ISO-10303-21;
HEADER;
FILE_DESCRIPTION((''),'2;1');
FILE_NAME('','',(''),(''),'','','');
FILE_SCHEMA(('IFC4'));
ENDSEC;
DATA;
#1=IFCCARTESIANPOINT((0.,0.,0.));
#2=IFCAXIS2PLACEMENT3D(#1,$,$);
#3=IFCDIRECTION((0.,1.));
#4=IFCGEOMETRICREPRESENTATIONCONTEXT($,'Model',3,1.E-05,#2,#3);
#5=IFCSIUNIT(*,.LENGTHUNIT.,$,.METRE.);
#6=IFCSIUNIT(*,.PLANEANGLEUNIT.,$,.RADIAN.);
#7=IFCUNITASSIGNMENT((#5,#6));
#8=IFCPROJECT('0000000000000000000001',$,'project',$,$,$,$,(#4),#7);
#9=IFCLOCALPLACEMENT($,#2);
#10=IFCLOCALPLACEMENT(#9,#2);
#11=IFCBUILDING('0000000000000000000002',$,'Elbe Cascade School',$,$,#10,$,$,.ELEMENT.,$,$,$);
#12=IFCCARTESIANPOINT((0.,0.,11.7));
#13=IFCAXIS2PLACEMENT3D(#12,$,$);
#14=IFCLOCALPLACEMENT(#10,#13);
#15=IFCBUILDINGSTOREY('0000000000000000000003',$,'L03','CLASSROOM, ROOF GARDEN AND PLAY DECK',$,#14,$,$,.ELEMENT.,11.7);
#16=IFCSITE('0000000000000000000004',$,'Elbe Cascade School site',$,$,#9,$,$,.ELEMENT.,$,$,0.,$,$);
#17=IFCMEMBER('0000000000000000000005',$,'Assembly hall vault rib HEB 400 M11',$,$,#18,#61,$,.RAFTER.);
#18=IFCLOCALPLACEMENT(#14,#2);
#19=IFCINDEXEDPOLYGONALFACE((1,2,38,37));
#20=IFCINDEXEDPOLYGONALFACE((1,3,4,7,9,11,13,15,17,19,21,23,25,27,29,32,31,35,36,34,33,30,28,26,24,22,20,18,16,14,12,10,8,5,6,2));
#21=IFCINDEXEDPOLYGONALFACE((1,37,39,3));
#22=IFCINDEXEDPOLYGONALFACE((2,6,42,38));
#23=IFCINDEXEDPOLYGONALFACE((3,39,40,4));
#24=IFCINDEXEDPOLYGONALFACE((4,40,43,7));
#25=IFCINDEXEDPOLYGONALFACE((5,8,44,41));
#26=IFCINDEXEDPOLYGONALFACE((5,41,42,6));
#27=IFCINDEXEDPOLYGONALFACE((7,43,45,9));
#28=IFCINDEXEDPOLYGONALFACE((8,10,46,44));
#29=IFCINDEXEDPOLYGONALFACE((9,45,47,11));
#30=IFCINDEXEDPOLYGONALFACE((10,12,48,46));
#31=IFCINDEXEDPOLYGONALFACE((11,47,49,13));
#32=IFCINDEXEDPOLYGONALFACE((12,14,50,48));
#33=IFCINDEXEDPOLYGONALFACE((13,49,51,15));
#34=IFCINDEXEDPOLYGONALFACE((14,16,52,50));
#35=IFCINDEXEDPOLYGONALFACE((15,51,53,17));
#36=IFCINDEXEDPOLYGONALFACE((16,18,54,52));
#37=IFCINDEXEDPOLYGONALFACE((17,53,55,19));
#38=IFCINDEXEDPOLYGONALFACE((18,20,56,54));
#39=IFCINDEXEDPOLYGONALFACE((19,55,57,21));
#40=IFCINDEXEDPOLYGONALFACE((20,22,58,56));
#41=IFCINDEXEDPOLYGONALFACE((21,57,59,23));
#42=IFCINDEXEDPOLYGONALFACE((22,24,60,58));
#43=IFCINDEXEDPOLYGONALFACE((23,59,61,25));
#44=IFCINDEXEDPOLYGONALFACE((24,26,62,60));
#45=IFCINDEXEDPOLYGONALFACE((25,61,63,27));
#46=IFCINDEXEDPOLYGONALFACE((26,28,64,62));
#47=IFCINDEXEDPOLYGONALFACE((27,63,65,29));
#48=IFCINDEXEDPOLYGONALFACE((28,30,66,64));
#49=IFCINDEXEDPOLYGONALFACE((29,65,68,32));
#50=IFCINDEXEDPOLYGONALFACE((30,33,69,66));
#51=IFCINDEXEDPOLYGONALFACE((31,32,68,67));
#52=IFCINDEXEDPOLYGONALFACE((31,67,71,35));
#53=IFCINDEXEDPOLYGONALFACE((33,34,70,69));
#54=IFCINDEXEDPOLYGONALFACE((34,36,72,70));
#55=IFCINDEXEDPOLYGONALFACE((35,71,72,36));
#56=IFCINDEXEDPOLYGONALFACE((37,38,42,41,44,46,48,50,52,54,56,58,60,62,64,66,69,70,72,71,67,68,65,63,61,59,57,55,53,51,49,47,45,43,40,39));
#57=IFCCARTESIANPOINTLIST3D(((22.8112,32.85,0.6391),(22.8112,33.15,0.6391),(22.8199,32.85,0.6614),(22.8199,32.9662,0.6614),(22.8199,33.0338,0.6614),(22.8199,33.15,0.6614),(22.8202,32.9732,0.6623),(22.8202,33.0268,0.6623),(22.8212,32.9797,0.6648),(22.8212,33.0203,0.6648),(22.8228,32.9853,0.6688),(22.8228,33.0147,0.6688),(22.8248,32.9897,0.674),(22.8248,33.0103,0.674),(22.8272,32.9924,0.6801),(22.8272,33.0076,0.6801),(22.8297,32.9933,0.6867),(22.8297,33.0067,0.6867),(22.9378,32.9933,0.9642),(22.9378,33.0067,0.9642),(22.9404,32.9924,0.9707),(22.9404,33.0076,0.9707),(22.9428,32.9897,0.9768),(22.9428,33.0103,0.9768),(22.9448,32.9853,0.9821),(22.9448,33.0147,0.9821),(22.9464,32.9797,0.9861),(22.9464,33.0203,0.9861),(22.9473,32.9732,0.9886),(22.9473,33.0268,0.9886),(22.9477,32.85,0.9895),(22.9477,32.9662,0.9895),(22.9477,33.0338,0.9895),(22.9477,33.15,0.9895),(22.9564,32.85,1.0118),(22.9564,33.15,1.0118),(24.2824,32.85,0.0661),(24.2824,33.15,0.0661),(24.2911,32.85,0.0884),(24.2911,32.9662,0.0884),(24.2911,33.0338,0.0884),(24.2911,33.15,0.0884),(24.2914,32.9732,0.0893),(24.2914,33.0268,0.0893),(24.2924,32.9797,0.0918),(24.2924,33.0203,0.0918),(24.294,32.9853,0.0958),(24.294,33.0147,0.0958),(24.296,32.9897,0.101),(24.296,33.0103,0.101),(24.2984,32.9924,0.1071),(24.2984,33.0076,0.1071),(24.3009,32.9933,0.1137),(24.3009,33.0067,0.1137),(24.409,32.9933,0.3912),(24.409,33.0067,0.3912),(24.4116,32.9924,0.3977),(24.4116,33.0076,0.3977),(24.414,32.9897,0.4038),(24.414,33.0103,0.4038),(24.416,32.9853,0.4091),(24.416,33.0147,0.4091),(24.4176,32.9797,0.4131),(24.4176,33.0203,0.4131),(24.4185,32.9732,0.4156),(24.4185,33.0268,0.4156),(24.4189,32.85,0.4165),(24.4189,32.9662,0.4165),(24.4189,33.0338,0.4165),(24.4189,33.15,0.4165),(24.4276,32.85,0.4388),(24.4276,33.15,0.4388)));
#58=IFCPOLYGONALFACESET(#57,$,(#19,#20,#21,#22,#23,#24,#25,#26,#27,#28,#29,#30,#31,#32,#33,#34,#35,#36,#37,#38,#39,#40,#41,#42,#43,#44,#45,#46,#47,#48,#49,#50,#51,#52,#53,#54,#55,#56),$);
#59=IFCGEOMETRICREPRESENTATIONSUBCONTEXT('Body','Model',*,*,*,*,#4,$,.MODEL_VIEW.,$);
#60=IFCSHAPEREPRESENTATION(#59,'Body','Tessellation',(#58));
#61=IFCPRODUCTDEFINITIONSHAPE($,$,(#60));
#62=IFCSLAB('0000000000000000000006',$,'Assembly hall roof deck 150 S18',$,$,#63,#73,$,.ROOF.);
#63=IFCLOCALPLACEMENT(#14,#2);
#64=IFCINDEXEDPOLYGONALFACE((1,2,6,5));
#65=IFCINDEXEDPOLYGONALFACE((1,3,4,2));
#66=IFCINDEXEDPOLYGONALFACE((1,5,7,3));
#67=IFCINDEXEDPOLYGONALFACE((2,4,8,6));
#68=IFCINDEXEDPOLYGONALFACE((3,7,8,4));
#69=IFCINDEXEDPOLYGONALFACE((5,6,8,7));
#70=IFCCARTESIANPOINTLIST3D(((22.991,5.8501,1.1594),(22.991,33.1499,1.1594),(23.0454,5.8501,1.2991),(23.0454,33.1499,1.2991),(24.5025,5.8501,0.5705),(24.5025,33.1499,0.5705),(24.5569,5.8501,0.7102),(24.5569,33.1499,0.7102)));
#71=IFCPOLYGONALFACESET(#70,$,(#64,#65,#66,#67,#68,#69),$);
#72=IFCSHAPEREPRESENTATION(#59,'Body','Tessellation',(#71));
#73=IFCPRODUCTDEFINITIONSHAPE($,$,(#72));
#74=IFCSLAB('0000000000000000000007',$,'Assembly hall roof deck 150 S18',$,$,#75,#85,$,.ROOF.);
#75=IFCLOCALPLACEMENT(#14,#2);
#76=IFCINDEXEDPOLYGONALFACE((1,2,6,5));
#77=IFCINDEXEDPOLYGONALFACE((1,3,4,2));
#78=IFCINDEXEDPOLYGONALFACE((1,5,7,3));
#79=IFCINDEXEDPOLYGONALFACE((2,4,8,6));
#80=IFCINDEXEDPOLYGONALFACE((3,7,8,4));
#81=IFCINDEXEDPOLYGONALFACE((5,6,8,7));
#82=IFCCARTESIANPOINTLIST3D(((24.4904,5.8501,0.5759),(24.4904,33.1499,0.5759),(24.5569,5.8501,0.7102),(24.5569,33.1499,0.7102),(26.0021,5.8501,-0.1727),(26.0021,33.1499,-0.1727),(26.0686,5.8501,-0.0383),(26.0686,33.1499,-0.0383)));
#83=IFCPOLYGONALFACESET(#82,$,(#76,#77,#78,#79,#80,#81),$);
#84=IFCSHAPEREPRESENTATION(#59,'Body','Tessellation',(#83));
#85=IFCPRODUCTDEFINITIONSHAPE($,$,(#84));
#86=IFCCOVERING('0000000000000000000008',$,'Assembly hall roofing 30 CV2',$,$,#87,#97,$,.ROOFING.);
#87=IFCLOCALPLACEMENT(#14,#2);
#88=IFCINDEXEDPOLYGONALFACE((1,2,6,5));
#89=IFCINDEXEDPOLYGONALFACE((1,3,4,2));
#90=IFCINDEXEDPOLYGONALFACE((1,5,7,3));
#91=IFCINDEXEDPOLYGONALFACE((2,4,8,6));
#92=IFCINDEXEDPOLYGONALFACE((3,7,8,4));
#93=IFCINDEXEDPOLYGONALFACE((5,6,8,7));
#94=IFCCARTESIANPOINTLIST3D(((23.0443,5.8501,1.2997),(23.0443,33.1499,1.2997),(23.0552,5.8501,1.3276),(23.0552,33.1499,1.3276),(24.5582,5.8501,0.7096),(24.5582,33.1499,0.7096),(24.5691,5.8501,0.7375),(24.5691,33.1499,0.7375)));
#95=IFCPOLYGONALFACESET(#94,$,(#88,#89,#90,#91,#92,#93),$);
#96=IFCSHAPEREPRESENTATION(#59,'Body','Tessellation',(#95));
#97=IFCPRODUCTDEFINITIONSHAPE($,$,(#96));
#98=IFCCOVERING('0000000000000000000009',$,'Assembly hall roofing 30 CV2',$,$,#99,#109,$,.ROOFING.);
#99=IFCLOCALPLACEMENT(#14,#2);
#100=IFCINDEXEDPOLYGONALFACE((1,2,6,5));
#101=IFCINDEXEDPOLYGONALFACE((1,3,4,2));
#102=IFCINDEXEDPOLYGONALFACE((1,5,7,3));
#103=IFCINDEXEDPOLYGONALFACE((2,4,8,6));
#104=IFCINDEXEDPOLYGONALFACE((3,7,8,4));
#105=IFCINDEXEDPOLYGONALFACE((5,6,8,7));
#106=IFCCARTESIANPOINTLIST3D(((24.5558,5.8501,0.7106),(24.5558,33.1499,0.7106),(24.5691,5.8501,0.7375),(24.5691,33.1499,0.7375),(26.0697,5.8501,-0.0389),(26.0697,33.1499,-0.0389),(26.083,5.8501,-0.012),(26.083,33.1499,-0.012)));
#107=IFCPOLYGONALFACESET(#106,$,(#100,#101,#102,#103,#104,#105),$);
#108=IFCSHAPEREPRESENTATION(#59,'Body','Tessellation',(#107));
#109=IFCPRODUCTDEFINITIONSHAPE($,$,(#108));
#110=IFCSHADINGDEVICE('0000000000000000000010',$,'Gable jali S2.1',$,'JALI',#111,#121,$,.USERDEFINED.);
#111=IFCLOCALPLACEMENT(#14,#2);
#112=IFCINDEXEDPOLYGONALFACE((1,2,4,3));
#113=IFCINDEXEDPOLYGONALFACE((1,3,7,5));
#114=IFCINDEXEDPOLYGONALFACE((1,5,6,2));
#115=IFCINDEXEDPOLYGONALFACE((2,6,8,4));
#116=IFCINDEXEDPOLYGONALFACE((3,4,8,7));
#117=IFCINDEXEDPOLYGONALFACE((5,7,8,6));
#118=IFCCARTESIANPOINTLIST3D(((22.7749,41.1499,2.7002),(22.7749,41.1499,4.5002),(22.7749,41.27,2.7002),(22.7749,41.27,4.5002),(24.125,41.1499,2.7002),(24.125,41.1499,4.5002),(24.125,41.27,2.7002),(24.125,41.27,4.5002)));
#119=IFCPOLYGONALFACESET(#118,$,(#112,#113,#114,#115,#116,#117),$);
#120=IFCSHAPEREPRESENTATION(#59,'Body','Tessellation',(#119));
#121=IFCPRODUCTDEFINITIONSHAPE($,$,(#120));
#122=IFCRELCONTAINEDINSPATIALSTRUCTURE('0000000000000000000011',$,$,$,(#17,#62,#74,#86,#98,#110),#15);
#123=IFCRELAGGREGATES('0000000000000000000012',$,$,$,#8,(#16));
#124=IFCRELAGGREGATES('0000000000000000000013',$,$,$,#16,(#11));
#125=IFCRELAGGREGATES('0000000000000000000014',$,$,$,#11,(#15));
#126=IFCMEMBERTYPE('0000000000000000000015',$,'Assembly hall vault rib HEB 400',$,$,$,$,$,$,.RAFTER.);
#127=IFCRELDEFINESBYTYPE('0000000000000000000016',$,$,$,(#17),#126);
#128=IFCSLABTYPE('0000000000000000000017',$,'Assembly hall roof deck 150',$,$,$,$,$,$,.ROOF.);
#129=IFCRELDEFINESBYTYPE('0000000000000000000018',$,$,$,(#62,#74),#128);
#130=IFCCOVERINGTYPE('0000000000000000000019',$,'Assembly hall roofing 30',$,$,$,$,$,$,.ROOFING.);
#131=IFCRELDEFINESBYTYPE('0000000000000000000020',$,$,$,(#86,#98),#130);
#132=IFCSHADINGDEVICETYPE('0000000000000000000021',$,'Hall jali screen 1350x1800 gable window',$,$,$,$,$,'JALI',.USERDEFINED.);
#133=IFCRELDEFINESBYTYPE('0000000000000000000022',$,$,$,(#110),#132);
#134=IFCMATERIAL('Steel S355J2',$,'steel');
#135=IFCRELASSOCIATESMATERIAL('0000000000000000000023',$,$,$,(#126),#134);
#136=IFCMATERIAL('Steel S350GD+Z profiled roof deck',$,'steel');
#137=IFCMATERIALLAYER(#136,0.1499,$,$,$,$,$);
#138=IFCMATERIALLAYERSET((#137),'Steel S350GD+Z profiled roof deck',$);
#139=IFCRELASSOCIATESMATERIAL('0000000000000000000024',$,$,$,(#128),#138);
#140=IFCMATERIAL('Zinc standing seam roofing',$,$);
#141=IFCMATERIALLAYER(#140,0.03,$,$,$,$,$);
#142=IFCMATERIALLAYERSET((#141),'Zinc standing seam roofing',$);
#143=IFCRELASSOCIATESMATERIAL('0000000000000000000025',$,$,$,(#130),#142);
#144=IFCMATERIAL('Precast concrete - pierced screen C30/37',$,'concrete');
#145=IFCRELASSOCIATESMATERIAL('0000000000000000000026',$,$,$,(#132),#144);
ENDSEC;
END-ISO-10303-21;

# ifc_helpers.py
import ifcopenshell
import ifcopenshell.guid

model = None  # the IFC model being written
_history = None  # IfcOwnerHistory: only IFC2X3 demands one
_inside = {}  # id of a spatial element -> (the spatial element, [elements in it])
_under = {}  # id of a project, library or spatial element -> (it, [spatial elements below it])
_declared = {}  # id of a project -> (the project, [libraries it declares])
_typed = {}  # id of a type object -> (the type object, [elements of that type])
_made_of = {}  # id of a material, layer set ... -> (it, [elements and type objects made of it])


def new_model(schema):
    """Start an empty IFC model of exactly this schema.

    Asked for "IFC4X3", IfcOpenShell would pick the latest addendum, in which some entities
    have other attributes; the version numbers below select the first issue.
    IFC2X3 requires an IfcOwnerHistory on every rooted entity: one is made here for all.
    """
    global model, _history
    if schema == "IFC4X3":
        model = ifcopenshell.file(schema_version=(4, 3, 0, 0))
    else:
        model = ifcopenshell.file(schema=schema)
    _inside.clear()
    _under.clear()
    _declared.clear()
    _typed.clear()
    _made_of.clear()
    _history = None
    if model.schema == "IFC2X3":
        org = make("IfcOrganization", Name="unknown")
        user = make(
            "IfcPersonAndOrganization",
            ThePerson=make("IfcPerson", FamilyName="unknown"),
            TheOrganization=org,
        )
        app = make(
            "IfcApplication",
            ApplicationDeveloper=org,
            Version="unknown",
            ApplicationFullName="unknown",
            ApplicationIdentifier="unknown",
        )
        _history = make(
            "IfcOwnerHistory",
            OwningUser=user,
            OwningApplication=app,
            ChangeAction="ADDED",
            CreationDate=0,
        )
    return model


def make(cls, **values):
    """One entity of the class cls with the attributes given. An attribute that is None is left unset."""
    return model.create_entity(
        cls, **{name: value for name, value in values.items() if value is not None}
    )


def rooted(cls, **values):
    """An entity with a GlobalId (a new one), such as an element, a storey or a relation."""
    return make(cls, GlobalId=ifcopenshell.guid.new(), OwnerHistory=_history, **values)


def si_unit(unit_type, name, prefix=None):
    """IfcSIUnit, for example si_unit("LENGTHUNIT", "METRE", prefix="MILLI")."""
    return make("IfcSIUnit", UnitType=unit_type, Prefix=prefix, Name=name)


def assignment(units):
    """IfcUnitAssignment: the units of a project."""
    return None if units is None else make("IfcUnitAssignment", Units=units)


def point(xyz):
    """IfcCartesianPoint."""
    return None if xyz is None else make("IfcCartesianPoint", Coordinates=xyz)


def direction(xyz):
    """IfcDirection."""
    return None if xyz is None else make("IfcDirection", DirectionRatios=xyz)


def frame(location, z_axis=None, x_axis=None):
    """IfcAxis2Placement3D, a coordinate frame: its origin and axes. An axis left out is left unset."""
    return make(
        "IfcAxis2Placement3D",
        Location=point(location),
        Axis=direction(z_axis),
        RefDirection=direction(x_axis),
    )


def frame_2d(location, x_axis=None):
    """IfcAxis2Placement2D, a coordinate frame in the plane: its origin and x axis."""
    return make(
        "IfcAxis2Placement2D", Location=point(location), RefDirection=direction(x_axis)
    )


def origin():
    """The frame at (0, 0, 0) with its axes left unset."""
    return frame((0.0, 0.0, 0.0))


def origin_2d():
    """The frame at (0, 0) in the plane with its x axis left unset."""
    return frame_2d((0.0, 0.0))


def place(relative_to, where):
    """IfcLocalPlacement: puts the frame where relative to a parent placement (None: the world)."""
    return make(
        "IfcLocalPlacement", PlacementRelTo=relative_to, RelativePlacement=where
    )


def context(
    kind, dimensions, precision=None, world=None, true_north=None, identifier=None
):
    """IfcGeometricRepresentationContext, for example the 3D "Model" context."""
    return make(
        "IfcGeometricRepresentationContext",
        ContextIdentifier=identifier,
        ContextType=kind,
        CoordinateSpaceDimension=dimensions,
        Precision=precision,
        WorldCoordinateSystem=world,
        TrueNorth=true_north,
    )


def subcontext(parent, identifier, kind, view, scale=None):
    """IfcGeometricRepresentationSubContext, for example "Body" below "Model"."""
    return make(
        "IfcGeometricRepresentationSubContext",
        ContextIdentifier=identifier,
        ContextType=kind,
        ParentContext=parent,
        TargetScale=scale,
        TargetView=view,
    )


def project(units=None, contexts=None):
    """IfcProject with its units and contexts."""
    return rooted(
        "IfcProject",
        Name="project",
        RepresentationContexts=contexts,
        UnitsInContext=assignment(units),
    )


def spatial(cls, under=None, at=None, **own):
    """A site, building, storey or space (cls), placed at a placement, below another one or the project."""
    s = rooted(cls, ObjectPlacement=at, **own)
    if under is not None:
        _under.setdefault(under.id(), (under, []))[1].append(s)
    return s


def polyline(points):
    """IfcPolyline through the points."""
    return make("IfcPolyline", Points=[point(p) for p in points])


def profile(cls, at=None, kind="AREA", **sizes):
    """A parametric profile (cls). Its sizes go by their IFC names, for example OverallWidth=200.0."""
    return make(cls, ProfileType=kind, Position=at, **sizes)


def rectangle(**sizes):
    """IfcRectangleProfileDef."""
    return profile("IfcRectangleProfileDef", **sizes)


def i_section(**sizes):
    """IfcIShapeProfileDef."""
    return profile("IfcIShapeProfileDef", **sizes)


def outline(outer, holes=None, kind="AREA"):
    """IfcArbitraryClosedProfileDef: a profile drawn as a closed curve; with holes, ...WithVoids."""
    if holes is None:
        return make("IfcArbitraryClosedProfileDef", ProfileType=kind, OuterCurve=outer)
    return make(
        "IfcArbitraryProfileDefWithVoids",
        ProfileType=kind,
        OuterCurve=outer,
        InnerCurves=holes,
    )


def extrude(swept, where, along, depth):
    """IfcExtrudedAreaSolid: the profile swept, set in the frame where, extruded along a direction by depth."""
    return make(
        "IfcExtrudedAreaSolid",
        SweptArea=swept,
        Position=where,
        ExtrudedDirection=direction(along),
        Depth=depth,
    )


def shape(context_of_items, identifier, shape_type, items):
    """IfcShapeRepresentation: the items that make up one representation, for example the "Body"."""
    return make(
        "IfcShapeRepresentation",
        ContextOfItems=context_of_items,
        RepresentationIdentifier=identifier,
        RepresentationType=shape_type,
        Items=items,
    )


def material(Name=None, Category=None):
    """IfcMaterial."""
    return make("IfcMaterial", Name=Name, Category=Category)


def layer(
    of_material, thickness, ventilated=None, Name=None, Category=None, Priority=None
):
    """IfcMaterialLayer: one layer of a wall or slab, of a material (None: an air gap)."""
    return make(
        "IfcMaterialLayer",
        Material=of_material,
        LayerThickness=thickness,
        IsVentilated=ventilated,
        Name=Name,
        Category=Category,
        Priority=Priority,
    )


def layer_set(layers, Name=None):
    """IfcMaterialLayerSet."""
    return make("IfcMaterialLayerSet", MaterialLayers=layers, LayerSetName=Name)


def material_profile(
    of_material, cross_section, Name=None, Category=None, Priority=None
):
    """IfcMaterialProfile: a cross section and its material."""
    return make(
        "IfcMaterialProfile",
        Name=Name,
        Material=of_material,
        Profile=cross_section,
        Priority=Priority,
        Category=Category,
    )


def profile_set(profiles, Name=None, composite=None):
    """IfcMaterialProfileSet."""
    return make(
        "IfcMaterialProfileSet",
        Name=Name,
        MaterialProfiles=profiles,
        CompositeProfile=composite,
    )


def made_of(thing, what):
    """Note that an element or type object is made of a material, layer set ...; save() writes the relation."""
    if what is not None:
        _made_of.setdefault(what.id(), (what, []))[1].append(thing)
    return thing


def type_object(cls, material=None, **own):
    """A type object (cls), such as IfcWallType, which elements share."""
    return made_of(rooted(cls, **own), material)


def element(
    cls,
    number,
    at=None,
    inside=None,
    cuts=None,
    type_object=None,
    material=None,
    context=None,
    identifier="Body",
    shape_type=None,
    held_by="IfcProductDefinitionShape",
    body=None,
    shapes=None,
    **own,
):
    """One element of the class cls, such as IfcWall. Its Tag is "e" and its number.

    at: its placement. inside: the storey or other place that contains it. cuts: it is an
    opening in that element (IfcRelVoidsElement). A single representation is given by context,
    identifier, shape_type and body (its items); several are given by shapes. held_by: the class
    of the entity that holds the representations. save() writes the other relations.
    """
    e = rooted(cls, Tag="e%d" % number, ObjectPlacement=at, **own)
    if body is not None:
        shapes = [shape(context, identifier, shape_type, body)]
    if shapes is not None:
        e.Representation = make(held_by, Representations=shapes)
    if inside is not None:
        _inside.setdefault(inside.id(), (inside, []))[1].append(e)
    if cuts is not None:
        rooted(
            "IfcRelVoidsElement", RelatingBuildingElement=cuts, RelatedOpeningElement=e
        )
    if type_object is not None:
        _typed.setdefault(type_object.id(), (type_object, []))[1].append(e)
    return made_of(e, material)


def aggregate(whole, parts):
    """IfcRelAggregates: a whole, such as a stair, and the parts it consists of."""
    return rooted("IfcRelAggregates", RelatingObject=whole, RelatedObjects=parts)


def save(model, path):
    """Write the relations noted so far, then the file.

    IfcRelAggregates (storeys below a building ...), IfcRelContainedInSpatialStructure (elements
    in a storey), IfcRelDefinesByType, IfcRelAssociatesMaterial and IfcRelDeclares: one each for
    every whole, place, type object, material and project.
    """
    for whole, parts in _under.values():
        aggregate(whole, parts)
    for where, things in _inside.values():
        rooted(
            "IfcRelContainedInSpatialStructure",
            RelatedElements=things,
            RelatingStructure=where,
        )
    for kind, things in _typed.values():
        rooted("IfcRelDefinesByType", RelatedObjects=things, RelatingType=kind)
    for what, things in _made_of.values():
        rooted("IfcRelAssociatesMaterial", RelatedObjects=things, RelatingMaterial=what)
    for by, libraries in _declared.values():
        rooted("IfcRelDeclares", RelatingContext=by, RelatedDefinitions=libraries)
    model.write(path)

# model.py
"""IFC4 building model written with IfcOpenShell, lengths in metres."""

from ifc_helpers import new_model, si_unit, direction, frame, origin, origin_2d, place, context, subcontext, project, spatial, polyline, rectangle, i_section, outline, extrude, material, layer, layer_set, material_profile, profile_set, type_object, element, save


model = new_model("IFC4")

# Units and contexts
model_context = context("Model", 3, precision=1e-05, world=origin(), true_north=direction((0.0, 1.0)))
body_context = subcontext(model_context, "Body", "Model", "MODEL_VIEW")
ifc_project = project(units=[si_unit("LENGTHUNIT", "METRE"), si_unit("PLANEANGLEUNIT", "RADIAN")], contexts=[model_context])

# Site, building, storey
site_placement = place(None, origin())
site = spatial("IfcSite", under=ifc_project, at=site_placement, Name="Elbe Cascade School site", CompositionType="ELEMENT", RefElevation=0.0)
building_placement = place(site_placement, origin())
building = spatial("IfcBuilding", under=site, at=building_placement, Name="Elbe Cascade School", CompositionType="ELEMENT")
storey_placement = place(building_placement, frame((0.0, 0.0, 11.7)))
storey = spatial("IfcBuildingStorey", under=building, at=storey_placement, Name="L03", Description="CLASSROOM, ROOF GARDEN AND PLAY DECK", CompositionType="ELEMENT", Elevation=11.7)

# Member
ifc_material_1 = material(Name="Steel S355J2", Category="steel")
ifc_material_profile_1 = material_profile(ifc_material_1, i_section(OverallWidth=0.3, OverallDepth=0.3999, WebThickness=0.0134, FlangeThickness=0.0239, FilletRadius=0.0271, at=origin_2d()), Name="HEB 400")
ifc_profile_set_1 = profile_set([ifc_material_profile_1], Name="Steel S355J2")
member_type_1 = type_object("IfcMemberType", Name="Assembly hall vault rib HEB 400", PredefinedType="RAFTER", material=ifc_profile_set_1)
for number, where, z_axis, x_axis, name in (
    (1, (22.8838, 33.0, 0.8254), (0.931819, 0.0, -0.362924), (0.0, 1.0, 0.0), "Assembly hall vault rib HEB 400 M11"),
):
    element("IfcMember", number, at=place(storey_placement, frame(where, z_axis=z_axis, x_axis=x_axis)), inside=storey, type_object=member_type_1, Name=name, PredefinedType="RAFTER", context=body_context, shape_type="SweptSolid", body=[
        extrude(i_section(OverallWidth=0.3, OverallDepth=0.3999, WebThickness=0.0134, FlangeThickness=0.0239, FilletRadius=0.0271, at=origin_2d()), origin(), (0.0, 0.0, 1.0), 1.5789),
    ])

# Slabs
ifc_material_2 = material(Name="Steel S350GD+Z profiled roof deck", Category="steel")
ifc_layer_1 = layer(ifc_material_2, 0.1499)
ifc_layer_set_1 = layer_set([ifc_layer_1], Name="Steel S350GD+Z profiled roof deck")
slab_type = type_object("IfcSlabType", Name="Assembly hall roof deck 150", PredefinedType="ROOF", material=ifc_layer_set_1)
slab_1_placement = place(storey_placement, frame((23.0454, 5.8501, 1.2991), z_axis=(0.36302, 0.0, 0.931781), x_axis=(0.931781, 0.0, -0.36302)))
element("IfcSlab", 2, at=slab_1_placement, inside=storey, type_object=slab_type, Name="Assembly hall roof deck 150 S18", PredefinedType="ROOF", context=body_context, shape_type="SweptSolid", body=[
    extrude(outline(polyline([(0.0, 0.0), (1.6221, 0.0), (1.6221, 27.2998), (0.0, 27.2998), (0.0, 0.0)])), origin(), (0.0, 0.0, -1.0), 0.1499),
])
slab_2_placement = place(storey_placement, frame((24.5569, 5.8501, 0.7102), z_axis=(0.443737, 0.0, 0.896157), x_axis=(0.896157, 0.0, -0.443737)))
element("IfcSlab", 3, at=slab_2_placement, inside=storey, type_object=slab_type, Name="Assembly hall roof deck 150 S18", PredefinedType="ROOF", context=body_context, shape_type="SweptSolid", body=[
    extrude(outline(polyline([(0.0, 0.0), (1.6869, 0.0), (1.6869, 27.2998), (0.0, 27.2998), (0.0, 0.0)])), origin(), (0.0, 0.0, -1.0), 0.1499),
])

# Coverings
ifc_material_3 = material(Name="Zinc standing seam roofing")
ifc_layer_2 = layer(ifc_material_3, 0.03)
ifc_layer_set_2 = layer_set([ifc_layer_2], Name="Zinc standing seam roofing")
covering_type = type_object("IfcCoveringType", Name="Assembly hall roofing 30", PredefinedType="ROOFING", material=ifc_layer_set_2)
covering_1_placement = place(storey_placement, frame((23.0552, 5.8501, 1.3276), z_axis=(0.363164, 0.0, 0.931725), x_axis=(0.931725, 0.0, -0.363164)))
element("IfcCovering", 4, at=covering_1_placement, inside=storey, type_object=covering_type, Name="Assembly hall roofing 30 CV2", PredefinedType="ROOFING", context=body_context, shape_type="SweptSolid", body=[
    extrude(outline(polyline([(0.0, 0.0), (1.6249, 0.0), (1.6249, 27.2998), (0.0, 27.2998), (0.0, 0.0)])), origin(), (0.0, 0.0, -1.0), 0.03),
])
covering_2_placement = place(storey_placement, frame((24.5691, 5.8501, 0.7375), z_axis=(0.443684, 0.0, 0.896183), x_axis=(0.896183, 0.0, -0.443684)))
element("IfcCovering", 5, at=covering_2_placement, inside=storey, type_object=covering_type, Name="Assembly hall roofing 30 CV2", PredefinedType="ROOFING", context=body_context, shape_type="SweptSolid", body=[
    extrude(outline(polyline([(0.0, 0.0), (1.6893, 0.0), (1.6893, 27.2998), (0.0, 27.2998), (0.0, 0.0)])), origin(), (0.0, 0.0, -1.0), 0.03),
])

# Shading device
ifc_material_4 = material(Name="Precast concrete - pierced screen C30/37", Category="concrete")
shading_device_type = type_object("IfcShadingDeviceType", Name="Hall jali screen 1350x1800 gable window", ElementType="JALI", PredefinedType="USERDEFINED", material=ifc_material_4)
shading_device_placement = place(storey_placement, frame((23.45, 41.21, 2.7002), z_axis=(0.0, 0.0, 1.0), x_axis=(1.0, 0.0, 0.0)))
element("IfcShadingDevice", 6, at=shading_device_placement, inside=storey, type_object=shading_device_type, Name="Gable jali S2.1", ObjectType="JALI", PredefinedType="USERDEFINED", context=body_context, shape_type="SweptSolid", body=[
    extrude(rectangle(XDim=1.3501, YDim=0.1201, at=origin_2d()), origin(), (0.0, 0.0, 1.0), 1.8),
])

save(model, "model.ifc")
